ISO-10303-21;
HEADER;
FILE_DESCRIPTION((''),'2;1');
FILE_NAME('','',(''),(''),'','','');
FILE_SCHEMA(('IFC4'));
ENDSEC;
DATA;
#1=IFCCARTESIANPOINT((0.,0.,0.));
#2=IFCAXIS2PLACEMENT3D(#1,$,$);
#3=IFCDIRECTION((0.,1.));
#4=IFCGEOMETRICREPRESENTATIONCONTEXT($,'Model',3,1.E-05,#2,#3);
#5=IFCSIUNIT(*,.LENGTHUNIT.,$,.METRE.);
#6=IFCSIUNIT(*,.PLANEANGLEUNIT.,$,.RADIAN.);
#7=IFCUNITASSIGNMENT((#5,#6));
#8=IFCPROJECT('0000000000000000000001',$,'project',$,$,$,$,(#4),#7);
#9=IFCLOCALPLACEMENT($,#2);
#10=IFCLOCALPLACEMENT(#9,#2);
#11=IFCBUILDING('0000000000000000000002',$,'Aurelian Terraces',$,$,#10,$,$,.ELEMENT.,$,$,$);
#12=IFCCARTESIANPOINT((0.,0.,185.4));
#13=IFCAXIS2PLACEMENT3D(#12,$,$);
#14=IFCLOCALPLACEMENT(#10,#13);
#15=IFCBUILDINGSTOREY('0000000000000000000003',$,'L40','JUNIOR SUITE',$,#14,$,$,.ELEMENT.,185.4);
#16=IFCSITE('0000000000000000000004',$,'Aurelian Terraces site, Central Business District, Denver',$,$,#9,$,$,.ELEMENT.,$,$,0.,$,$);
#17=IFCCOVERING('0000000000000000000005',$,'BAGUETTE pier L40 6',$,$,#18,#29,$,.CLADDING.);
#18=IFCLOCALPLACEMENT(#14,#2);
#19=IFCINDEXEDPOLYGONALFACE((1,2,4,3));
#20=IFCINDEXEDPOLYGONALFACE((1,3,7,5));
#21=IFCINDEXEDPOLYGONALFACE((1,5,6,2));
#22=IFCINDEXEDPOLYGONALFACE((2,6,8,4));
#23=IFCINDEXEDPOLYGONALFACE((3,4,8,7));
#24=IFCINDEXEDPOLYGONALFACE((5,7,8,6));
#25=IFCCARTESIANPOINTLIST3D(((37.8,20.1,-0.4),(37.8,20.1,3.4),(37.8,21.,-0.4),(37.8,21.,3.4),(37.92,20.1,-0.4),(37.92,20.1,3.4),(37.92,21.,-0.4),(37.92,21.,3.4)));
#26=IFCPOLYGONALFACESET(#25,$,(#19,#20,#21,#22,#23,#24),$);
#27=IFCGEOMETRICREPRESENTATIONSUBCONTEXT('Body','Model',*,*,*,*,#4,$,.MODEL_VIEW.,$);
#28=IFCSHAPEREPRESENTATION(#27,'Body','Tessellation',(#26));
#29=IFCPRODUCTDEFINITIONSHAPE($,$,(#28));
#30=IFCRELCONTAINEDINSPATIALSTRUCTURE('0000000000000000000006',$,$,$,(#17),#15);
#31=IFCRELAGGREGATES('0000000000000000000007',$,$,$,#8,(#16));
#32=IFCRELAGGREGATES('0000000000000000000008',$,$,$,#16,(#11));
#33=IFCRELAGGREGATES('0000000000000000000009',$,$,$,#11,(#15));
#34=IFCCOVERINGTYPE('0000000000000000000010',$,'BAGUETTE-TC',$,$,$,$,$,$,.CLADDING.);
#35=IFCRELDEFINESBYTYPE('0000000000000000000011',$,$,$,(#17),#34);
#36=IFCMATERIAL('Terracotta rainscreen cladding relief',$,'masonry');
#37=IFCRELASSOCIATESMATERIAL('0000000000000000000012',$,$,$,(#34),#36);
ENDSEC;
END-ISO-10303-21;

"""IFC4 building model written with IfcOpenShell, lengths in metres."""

from ifc_helpers import new_model, si_unit, direction, frame, origin, origin_2d, place, context, subcontext, project, spatial, rectangle, extrude, source, transform, mapped, material, type_object, element, save


model = new_model("IFC4")

# Units and contexts
model_context = context("Model", 3, precision=1e-05, world=origin(), true_north=direction((0.0, 1.0)))
body_context = subcontext(model_context, "Body", "Model", "MODEL_VIEW")
ifc_project = project(units=[si_unit("LENGTHUNIT", "METRE"), si_unit("PLANEANGLEUNIT", "RADIAN")], contexts=[model_context])

# Site, building, storey
site_placement = place(None, origin())
site = spatial("IfcSite", under=ifc_project, at=site_placement, Name="Aurelian Terraces site, Central Business District, Denver", CompositionType="ELEMENT", RefElevation=0.0)
building_placement = place(site_placement, origin())
building = spatial("IfcBuilding", under=site, at=building_placement, Name="Aurelian Terraces", CompositionType="ELEMENT")
storey_placement = place(building_placement, frame((0.0, 0.0, 185.4)))
storey = spatial("IfcBuildingStorey", under=building, at=storey_placement, Name="L40", Description="JUNIOR SUITE", CompositionType="ELEMENT", Elevation=185.4)

# Covering
ifc_material_1 = material(Name="Terracotta rainscreen cladding relief", Category="masonry")
covering_type = type_object("IfcCoveringType", Name="BAGUETTE-TC", PredefinedType="CLADDING", material=ifc_material_1)
shared_shape_1 = source(origin(), body_context, "Body", "SweptSolid", [
    extrude(rectangle(XDim=0.12, YDim=0.9, at=origin_2d()), origin(), (0.0, 0.0, 1.0), 3.8),
])
covering_placement = place(storey_placement, frame((37.86, 20.55, -0.4), z_axis=(0.0, 0.0, 1.0), x_axis=(1.0, 0.0, 0.0)))
element("IfcCovering", 1, at=covering_placement, inside=storey, type_object=covering_type, Name="BAGUETTE pier L40 6", PredefinedType="CLADDING", context=body_context, shape_type="MappedRepresentation", body=[
    mapped(shared_shape_1, transform((0.0, 0.0, 0.0), scale=1.0)),
])

save(model, "model.ifc")
